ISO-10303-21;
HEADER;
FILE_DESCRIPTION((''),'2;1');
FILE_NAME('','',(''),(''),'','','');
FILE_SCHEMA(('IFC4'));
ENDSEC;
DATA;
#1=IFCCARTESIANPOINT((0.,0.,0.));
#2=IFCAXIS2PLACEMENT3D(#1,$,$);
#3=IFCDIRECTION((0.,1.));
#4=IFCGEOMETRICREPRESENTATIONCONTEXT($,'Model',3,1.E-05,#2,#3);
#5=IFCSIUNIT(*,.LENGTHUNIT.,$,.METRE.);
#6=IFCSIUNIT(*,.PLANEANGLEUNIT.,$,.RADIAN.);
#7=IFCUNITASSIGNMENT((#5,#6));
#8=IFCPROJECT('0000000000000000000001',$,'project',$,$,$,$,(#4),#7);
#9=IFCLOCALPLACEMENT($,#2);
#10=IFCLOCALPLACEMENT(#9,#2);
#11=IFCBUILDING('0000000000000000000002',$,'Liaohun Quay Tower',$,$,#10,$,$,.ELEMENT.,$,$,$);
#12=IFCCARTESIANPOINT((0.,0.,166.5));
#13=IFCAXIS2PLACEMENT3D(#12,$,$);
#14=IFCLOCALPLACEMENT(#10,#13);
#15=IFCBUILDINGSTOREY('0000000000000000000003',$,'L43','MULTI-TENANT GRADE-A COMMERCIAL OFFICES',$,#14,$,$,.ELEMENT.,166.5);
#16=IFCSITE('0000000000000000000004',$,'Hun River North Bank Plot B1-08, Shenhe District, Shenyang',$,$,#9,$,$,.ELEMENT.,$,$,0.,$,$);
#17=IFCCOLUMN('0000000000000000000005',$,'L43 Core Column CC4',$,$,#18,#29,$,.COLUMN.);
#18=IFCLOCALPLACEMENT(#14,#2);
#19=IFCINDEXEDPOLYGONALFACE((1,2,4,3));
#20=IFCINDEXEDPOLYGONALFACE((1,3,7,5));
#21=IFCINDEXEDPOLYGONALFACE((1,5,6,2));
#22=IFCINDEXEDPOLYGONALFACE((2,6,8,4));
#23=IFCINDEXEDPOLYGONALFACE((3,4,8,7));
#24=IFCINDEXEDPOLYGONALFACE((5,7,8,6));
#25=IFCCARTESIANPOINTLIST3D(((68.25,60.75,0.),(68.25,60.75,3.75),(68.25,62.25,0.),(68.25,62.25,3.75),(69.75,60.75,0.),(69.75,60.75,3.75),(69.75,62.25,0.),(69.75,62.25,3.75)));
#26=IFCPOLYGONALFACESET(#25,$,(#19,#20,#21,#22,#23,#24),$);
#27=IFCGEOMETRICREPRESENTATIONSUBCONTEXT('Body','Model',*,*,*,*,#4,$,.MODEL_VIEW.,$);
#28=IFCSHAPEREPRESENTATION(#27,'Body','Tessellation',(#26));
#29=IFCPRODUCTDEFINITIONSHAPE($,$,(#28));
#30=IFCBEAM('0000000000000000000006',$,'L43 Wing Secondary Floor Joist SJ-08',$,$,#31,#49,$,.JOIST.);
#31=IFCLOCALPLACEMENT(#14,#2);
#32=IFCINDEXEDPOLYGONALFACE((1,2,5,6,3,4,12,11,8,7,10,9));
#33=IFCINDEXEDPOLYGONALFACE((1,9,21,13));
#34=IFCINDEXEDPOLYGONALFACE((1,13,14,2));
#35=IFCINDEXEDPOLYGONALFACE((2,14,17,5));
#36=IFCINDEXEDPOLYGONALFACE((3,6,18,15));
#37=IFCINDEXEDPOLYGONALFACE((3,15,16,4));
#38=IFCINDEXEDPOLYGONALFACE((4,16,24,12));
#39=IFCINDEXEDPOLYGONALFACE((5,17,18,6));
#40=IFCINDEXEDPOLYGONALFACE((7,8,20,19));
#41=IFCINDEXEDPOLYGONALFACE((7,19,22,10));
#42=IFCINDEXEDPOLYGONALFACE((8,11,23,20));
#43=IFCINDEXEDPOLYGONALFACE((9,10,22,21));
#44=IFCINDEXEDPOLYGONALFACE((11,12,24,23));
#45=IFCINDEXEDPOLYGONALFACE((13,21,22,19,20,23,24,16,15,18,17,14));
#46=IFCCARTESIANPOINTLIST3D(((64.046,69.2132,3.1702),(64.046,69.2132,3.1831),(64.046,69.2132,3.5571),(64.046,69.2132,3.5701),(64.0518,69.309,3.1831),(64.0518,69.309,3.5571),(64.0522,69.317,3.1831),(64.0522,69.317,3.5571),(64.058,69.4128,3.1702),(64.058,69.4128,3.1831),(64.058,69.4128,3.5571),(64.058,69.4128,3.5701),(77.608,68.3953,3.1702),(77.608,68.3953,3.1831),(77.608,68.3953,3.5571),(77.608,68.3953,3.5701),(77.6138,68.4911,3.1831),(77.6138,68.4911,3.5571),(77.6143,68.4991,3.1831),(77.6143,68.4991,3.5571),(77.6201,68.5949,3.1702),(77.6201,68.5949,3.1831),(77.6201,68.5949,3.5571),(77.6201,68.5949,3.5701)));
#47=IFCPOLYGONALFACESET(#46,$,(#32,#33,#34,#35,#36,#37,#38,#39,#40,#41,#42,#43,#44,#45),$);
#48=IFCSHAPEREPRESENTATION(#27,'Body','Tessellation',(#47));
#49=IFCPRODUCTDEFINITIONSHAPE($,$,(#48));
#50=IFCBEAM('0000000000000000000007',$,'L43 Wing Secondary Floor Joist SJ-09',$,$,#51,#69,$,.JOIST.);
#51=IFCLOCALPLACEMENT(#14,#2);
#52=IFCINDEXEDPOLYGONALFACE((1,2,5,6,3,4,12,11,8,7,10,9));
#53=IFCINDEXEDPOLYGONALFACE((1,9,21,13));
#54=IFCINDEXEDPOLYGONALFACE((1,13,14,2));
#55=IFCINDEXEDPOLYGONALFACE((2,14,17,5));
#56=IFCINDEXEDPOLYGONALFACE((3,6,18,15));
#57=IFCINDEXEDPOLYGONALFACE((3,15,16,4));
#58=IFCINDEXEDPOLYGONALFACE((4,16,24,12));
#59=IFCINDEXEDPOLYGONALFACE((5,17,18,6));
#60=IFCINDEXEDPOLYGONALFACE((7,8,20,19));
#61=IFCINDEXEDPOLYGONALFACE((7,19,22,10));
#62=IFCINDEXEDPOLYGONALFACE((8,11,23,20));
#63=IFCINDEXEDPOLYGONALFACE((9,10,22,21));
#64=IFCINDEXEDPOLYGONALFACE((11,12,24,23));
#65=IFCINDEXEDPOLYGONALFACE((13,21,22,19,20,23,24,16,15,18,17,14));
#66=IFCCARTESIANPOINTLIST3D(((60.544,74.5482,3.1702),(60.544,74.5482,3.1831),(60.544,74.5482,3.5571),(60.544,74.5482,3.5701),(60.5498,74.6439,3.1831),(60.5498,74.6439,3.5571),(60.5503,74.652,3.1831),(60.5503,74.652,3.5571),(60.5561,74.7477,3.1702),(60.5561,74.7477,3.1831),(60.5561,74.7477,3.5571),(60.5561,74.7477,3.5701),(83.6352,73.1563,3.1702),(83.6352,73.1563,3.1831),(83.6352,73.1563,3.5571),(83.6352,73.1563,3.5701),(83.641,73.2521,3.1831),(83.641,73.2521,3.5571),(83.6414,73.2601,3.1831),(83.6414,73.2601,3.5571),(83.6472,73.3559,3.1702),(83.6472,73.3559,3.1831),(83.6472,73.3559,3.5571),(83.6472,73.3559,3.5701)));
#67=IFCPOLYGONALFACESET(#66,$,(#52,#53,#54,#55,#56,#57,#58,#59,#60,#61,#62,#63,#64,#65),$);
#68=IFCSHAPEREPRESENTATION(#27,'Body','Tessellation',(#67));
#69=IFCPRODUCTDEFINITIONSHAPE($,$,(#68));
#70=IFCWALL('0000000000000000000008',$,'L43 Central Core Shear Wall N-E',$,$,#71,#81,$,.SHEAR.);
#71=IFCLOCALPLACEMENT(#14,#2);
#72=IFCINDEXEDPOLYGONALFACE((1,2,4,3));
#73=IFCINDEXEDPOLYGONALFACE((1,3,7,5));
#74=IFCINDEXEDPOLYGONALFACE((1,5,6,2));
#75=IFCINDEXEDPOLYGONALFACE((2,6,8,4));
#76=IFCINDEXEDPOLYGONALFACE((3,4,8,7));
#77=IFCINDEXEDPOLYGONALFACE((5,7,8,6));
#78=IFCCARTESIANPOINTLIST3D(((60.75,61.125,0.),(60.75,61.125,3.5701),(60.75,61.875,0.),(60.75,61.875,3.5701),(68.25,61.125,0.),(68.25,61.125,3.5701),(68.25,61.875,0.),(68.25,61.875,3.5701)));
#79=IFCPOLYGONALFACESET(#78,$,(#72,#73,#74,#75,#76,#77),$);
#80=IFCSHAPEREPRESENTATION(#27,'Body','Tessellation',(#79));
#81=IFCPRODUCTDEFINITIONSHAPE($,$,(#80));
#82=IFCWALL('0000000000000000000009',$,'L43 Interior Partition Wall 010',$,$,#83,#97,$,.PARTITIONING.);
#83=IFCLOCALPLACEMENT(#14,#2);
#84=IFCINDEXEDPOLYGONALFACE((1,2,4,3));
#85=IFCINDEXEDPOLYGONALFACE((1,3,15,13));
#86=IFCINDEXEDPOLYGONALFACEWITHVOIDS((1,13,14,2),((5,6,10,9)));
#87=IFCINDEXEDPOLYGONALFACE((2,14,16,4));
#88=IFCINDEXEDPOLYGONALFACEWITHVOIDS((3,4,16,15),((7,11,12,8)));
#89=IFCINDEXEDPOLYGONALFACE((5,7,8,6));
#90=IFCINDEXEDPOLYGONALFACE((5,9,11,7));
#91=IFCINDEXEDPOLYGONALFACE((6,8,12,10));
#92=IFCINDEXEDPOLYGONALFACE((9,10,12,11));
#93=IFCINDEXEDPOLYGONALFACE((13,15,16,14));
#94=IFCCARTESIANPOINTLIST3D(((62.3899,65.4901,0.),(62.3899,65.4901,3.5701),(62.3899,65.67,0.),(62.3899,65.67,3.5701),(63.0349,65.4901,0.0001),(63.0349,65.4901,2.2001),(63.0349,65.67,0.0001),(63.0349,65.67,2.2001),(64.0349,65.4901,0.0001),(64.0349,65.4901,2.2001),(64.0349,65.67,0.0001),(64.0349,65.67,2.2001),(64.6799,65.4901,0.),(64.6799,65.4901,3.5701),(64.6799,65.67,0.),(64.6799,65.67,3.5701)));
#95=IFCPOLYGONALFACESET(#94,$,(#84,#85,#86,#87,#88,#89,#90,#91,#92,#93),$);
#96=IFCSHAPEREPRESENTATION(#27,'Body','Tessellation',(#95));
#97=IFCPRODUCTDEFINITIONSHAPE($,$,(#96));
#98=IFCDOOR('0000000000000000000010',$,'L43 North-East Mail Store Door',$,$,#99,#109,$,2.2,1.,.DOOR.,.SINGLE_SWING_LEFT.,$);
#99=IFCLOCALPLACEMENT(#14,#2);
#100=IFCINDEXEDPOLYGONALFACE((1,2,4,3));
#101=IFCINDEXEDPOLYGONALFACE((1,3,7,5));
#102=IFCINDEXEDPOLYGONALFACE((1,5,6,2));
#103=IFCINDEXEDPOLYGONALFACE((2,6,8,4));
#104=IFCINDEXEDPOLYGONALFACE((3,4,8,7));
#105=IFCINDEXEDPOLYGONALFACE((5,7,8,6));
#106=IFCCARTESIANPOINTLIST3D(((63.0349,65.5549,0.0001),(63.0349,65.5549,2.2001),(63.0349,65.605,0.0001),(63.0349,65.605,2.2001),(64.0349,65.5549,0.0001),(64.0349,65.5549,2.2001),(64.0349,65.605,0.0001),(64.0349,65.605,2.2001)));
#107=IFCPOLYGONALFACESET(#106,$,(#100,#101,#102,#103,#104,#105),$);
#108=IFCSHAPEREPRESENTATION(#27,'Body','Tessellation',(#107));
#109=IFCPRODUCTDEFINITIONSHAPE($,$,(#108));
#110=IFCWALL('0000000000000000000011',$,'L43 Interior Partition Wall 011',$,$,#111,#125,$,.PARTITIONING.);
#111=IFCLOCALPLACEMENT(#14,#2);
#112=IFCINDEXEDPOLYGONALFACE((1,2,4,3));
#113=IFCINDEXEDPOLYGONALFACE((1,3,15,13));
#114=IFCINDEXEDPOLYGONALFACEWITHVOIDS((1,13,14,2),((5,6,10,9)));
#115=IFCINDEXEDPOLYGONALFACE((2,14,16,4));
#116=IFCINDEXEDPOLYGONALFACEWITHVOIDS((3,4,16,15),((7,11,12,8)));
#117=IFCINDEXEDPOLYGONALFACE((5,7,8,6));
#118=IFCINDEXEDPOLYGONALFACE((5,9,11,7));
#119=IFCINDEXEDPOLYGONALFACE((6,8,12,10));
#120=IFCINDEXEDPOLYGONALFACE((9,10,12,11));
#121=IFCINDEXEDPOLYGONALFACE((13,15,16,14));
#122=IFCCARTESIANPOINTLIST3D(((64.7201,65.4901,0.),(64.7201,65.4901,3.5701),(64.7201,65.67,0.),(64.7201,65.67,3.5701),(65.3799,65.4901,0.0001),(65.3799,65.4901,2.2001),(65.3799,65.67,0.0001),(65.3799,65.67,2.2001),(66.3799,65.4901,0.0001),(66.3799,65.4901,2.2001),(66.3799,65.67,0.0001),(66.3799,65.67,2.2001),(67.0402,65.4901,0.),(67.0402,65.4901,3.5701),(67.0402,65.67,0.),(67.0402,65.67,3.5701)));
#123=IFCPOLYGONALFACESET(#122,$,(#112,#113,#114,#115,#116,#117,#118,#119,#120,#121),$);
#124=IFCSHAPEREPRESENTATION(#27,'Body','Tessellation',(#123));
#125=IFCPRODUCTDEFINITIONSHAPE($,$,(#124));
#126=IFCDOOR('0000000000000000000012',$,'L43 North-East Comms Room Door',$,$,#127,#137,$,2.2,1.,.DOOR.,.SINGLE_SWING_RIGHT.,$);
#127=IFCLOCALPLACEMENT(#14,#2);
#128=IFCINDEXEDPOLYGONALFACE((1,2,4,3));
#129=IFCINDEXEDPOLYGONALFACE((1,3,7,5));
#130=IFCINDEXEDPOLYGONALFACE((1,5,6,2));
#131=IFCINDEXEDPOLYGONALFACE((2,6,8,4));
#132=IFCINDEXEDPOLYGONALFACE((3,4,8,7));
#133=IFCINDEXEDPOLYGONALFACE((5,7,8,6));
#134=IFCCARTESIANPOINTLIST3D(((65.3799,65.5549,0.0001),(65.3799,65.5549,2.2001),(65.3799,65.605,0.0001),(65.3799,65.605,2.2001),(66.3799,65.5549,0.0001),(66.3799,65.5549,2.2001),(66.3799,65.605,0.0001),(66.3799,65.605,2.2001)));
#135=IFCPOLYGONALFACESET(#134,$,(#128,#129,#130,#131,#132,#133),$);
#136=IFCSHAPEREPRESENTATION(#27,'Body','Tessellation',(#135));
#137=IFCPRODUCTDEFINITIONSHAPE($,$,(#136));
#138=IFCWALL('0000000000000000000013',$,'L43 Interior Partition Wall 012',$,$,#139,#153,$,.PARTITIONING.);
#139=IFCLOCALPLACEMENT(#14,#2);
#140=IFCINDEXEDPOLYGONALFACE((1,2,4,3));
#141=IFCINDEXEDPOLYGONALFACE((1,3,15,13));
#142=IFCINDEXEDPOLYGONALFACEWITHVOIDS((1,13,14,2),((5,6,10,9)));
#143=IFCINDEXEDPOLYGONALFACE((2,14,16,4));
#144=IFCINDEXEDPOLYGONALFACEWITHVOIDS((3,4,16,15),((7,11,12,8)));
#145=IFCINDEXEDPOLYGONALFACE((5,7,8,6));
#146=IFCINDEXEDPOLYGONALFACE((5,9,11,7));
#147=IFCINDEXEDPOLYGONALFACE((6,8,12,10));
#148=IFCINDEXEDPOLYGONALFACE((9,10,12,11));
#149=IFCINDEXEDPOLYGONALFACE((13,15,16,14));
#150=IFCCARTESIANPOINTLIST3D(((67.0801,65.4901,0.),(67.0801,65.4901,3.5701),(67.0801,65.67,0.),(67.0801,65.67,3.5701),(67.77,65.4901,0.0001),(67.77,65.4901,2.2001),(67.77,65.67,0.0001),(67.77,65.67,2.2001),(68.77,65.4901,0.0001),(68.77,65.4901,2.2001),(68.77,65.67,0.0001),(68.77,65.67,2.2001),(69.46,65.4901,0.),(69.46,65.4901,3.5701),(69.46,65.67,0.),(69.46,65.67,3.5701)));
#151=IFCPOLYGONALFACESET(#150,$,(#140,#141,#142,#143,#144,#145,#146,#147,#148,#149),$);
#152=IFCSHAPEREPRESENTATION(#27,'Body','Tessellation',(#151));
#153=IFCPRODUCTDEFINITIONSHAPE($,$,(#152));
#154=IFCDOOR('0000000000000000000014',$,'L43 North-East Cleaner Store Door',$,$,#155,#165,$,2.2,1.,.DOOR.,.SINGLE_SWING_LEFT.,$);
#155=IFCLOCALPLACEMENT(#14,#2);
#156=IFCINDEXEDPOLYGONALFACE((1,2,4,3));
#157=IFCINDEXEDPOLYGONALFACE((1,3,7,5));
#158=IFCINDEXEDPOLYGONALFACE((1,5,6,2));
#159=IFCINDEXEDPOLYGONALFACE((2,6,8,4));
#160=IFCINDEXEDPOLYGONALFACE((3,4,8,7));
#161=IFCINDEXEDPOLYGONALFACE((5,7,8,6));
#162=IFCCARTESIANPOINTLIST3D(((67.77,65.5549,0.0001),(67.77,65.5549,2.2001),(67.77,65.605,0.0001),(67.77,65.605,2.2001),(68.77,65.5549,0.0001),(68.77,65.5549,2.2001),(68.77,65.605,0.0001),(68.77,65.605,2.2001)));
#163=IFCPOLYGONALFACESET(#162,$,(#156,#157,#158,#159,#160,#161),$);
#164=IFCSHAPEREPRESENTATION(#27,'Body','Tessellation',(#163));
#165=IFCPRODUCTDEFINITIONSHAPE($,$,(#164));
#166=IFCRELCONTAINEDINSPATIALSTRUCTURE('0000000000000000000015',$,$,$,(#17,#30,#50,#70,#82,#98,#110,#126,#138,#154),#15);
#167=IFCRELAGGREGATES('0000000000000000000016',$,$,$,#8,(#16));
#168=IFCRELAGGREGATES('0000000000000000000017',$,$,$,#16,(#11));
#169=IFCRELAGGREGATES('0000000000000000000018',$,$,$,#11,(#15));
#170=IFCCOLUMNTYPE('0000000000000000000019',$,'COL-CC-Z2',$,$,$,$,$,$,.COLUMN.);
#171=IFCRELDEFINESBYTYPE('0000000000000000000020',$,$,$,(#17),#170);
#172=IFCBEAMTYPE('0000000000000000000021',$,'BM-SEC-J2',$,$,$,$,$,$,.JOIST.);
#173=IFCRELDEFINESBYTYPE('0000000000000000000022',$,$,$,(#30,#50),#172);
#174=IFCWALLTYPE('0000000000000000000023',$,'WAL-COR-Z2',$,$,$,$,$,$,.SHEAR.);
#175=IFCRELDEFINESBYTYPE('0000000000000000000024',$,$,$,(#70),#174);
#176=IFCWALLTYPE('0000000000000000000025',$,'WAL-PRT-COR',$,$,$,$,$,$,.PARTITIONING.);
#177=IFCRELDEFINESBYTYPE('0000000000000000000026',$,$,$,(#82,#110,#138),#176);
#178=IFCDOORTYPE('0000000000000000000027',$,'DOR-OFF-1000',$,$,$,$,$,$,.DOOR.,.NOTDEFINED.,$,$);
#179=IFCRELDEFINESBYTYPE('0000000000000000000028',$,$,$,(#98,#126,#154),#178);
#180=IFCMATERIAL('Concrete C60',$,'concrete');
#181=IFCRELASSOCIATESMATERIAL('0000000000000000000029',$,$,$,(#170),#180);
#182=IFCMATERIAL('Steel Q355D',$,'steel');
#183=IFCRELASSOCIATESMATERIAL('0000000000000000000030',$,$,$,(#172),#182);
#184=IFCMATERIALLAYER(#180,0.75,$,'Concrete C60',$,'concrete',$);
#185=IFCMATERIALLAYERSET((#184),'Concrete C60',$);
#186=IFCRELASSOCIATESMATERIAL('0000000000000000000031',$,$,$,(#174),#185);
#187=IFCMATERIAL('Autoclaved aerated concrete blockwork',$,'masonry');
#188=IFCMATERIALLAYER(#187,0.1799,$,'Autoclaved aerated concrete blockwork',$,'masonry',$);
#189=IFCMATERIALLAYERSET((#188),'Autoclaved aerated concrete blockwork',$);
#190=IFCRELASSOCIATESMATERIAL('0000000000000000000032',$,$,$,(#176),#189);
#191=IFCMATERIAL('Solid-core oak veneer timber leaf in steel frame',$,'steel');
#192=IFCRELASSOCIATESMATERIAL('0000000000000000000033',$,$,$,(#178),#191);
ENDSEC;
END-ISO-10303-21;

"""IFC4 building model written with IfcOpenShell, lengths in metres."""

from ifc_helpers import new_model, si_unit, direction, frame, frame_2d, origin, origin_2d, place, context, subcontext, project, spatial, rectangle, i_section, extrude, source, transform, mapped, material, layer, layer_set, material_profile, profile_set, type_object, element, fill, save


model = new_model("IFC4")

# Units and contexts
model_context = context("Model", 3, precision=1e-05, world=origin(), true_north=direction((0.0, 1.0)))
body_context = subcontext(model_context, "Body", "Model", "MODEL_VIEW")
ifc_project = project(units=[si_unit("LENGTHUNIT", "METRE"), si_unit("PLANEANGLEUNIT", "RADIAN")], contexts=[model_context])

# Site, building, storey
site_placement = place(None, origin())
site = spatial("IfcSite", under=ifc_project, at=site_placement, Name="Hun River North Bank Plot B1-08, Shenhe District, Shenyang", CompositionType="ELEMENT", RefElevation=0.0)
building_placement = place(site_placement, origin())
building = spatial("IfcBuilding", under=site, at=building_placement, Name="Liaohun Quay Tower", CompositionType="ELEMENT")
storey_placement = place(building_placement, frame((0.0, 0.0, 166.5)))
storey = spatial("IfcBuildingStorey", under=building, at=storey_placement, Name="L43", Description="MULTI-TENANT GRADE-A COMMERCIAL OFFICES", CompositionType="ELEMENT", Elevation=166.5)

# Column
ifc_material_1 = material(Name="Concrete C60", Category="concrete")
ifc_material_profile_1 = material_profile(ifc_material_1, rectangle(XDim=1.5, YDim=1.5, at=origin_2d()), Name="RC1500x1500")
ifc_profile_set_1 = profile_set([ifc_material_profile_1], Name="Concrete C60")
column_type = type_object("IfcColumnType", Name="COL-CC-Z2", PredefinedType="COLUMN", material=ifc_profile_set_1)
shared_shape_1 = source(origin(), body_context, "Body", "SweptSolid", [
    extrude(rectangle(XDim=1.5, YDim=1.5, at=origin_2d()), origin(), (0.0, 0.0, 1.0), 3.75),
])
column_placement = place(storey_placement, frame((69.0, 61.5, 0.0), z_axis=(0.0, 0.0, 1.0), x_axis=(1.0, 0.0, 0.0)))
element("IfcColumn", 1, at=column_placement, inside=storey, type_object=column_type, Name="L43 Core Column CC4", PredefinedType="COLUMN", context=body_context, shape_type="MappedRepresentation", body=[
    mapped(shared_shape_1, transform((0.0, 0.0, 0.0), x_axis=(1.0, 0.0, 0.0), y_axis=(0.0, 1.0, 0.0), z_axis=(0.0, 0.0, 1.0), scale=1.0)),
])

# Beams
ifc_material_2 = material(Name="Steel Q355D", Category="steel")
ifc_material_profile_2 = material_profile(ifc_material_2, i_section(OverallWidth=0.2, OverallDepth=0.3999, WebThickness=0.0081, FlangeThickness=0.0129, at=origin_2d()), Name="HN400x200x8x13")
ifc_profile_set_2 = profile_set([ifc_material_profile_2], Name="Steel Q355D")
beam_type = type_object("IfcBeamType", Name="BM-SEC-J2", PredefinedType="JOIST", material=ifc_profile_set_2)
shared_shape_2 = source(origin(), body_context, "Body", "SweptSolid", [
    extrude(i_section(OverallWidth=0.2, OverallDepth=0.3999, WebThickness=0.0081, FlangeThickness=0.0129, at=origin_2d()), origin(), (0.0, 0.0, 1.0), 13.5867),
])
beam_1_placement = place(storey_placement, frame((64.052, 69.313, 3.3701), z_axis=(0.998187, -0.060197, 0.0), x_axis=(0.060197, 0.998187, 0.0)))
element("IfcBeam", 2, at=beam_1_placement, inside=storey, type_object=beam_type, Name="L43 Wing Secondary Floor Joist SJ-08", PredefinedType="JOIST", context=body_context, shape_type="MappedRepresentation", body=[
    mapped(shared_shape_2, transform((0.0, 0.0, 0.0), x_axis=(1.0, 0.0, 0.0), y_axis=(0.0, 1.0, 0.0), z_axis=(0.0, 0.0, 1.0), scale=1.0)),
])
shared_shape_3 = source(origin(), body_context, "Body", "SweptSolid", [
    extrude(i_section(OverallWidth=0.2, OverallDepth=0.3999, WebThickness=0.0081, FlangeThickness=0.0129, at=origin_2d()), origin(), (0.0, 0.0, 1.0), 23.1331),
])
beam_2_placement = place(storey_placement, frame((60.55, 74.6479, 3.3701), z_axis=(0.998188, -0.060167, 0.0), x_axis=(0.060167, 0.998188, 0.0)))
element("IfcBeam", 3, at=beam_2_placement, inside=storey, type_object=beam_type, Name="L43 Wing Secondary Floor Joist SJ-09", PredefinedType="JOIST", context=body_context, shape_type="MappedRepresentation", body=[
    mapped(shared_shape_3, transform((0.0, 0.0, 0.0), x_axis=(1.0, 0.0, 0.0), y_axis=(0.0, 1.0, 0.0), z_axis=(0.0, 0.0, 1.0), scale=1.0)),
])

# Wall
ifc_layer_1 = layer(ifc_material_1, 0.75, Name="Concrete C60", Category="concrete")
ifc_layer_set_1 = layer_set([ifc_layer_1], Name="Concrete C60")
wall_type_1 = type_object("IfcWallType", Name="WAL-COR-Z2", PredefinedType="SHEAR", material=ifc_layer_set_1)
wall_1_placement = place(storey_placement, frame((60.75, 61.5, 0.0), z_axis=(0.0, 0.0, 1.0), x_axis=(1.0, 0.0, 0.0)))
element("IfcWall", 4, at=wall_1_placement, inside=storey, type_object=wall_type_1, Name="L43 Central Core Shear Wall N-E", PredefinedType="SHEAR", context=body_context, shape_type="SweptSolid", body=[
    extrude(rectangle(XDim=7.5, YDim=0.75, at=frame_2d((3.75, 0.0))), origin(), (0.0, 0.0, 1.0), 3.5701),
])

# Walls, openings, doors
ifc_material_3 = material(Name="Autoclaved aerated concrete blockwork", Category="masonry")
ifc_layer_2 = layer(ifc_material_3, 0.1799, Name="Autoclaved aerated concrete blockwork", Category="masonry")
ifc_layer_set_2 = layer_set([ifc_layer_2], Name="Autoclaved aerated concrete blockwork")
wall_type_2 = type_object("IfcWallType", Name="WAL-PRT-COR", PredefinedType="PARTITIONING", material=ifc_layer_set_2)
wall_2_placement = place(storey_placement, frame((62.3899, 65.5801, 0.0), z_axis=(0.0, 0.0, 1.0), x_axis=(1.0, 0.0, 0.0)))
wall_2 = element("IfcWall", 5, at=wall_2_placement, inside=storey, type_object=wall_type_2, Name="L43 Interior Partition Wall 010", PredefinedType="PARTITIONING", context=body_context, shape_type="SweptSolid", body=[
    extrude(rectangle(XDim=2.29, YDim=0.1799, at=frame_2d((1.145, 0.0))), origin(), (0.0, 0.0, 1.0), 3.5701),
])
shared_shape_4 = source(origin(), body_context, "Body", "SweptSolid", [
    extrude(rectangle(XDim=1.0, YDim=2.2, at=frame_2d((0.5, 1.1001))), frame((0.0, 0.0999, 0.0), z_axis=(0.0, -1.0, 0.0), x_axis=(1.0, 0.0, 0.0)), (0.0, 0.0, 1.0), 0.2),
])
opening_1_placement = place(wall_2_placement, frame((0.645, 0.0, 0.0)))
opening_1 = element("IfcOpeningElement", 6, at=opening_1_placement, cuts=wall_2, PredefinedType="OPENING", context=body_context, shape_type="MappedRepresentation", body=[
    mapped(shared_shape_4, transform((0.0, 0.0, 0.0), x_axis=(1.0, 0.0, 0.0), y_axis=(0.0, 1.0, 0.0), z_axis=(0.0, 0.0, 1.0), scale=1.0)),
])
ifc_material_4 = material(Name="Solid-core oak veneer timber leaf in steel frame", Category="steel")
door_type_1 = type_object("IfcDoorType", Name="DOR-OFF-1000", OperationType="NOTDEFINED", PredefinedType="DOOR", material=ifc_material_4)
shared_shape_5 = source(origin(), body_context, "Body", "SweptSolid", [
    extrude(rectangle(XDim=1.0, YDim=2.2, at=frame_2d((0.5, 1.1001))), frame((0.0, 0.0249, 0.0), z_axis=(0.0, -1.0, 0.0), x_axis=(1.0, 0.0, 0.0)), (0.0, 0.0, 1.0), 0.05),
])
door_1_placement = place(opening_1_placement, origin())
door_1 = element("IfcDoor", 7, at=door_1_placement, inside=storey, type_object=door_type_1, Name="L43 North-East Mail Store Door", OperationType="SINGLE_SWING_LEFT", OverallHeight=2.2, OverallWidth=1.0, PredefinedType="DOOR", context=body_context, shape_type="MappedRepresentation", body=[
    mapped(shared_shape_5, transform((0.0, 0.0, 0.0), x_axis=(1.0, 0.0, 0.0), y_axis=(0.0, 1.0, 0.0), z_axis=(0.0, 0.0, 1.0), scale=1.0)),
])
fill(opening_1, door_1)
wall_3_placement = place(storey_placement, frame((64.72, 65.5801, 0.0), z_axis=(0.0, 0.0, 1.0), x_axis=(1.0, 0.0, 0.0)))
wall_3 = element("IfcWall", 8, at=wall_3_placement, inside=storey, type_object=wall_type_2, Name="L43 Interior Partition Wall 011", PredefinedType="PARTITIONING", context=body_context, shape_type="SweptSolid", body=[
    extrude(rectangle(XDim=2.3201, YDim=0.1799, at=frame_2d((1.1602, 0.0))), origin(), (0.0, 0.0, 1.0), 3.5701),
])
opening_2_placement = place(wall_3_placement, frame((0.6599, 0.0, 0.0)))
opening_2 = element("IfcOpeningElement", 9, at=opening_2_placement, cuts=wall_3, PredefinedType="OPENING", context=body_context, shape_type="MappedRepresentation", body=[
    mapped(shared_shape_4, transform((0.0, 0.0, 0.0), x_axis=(1.0, 0.0, 0.0), y_axis=(0.0, 1.0, 0.0), z_axis=(0.0, 0.0, 1.0), scale=1.0)),
])
door_2_placement = place(opening_2_placement, origin())
door_2 = element("IfcDoor", 10, at=door_2_placement, inside=storey, type_object=door_type_1, Name="L43 North-East Comms Room Door", OperationType="SINGLE_SWING_RIGHT", OverallHeight=2.2, OverallWidth=1.0, PredefinedType="DOOR", context=body_context, shape_type="MappedRepresentation", body=[
    mapped(shared_shape_5, transform((0.0, 0.0, 0.0), x_axis=(1.0, 0.0, 0.0), y_axis=(0.0, 1.0, 0.0), z_axis=(0.0, 0.0, 1.0), scale=1.0)),
])
fill(opening_2, door_2)
wall_4_placement = place(storey_placement, frame((67.0801, 65.5801, 0.0), z_axis=(0.0, 0.0, 1.0), x_axis=(1.0, 0.0, 0.0)))
wall_4 = element("IfcWall", 11, at=wall_4_placement, inside=storey, type_object=wall_type_2, Name="L43 Interior Partition Wall 012", PredefinedType="PARTITIONING", context=body_context, shape_type="SweptSolid", body=[
    extrude(rectangle(XDim=2.3799, YDim=0.1799, at=frame_2d((1.1899, 0.0))), origin(), (0.0, 0.0, 1.0), 3.5701),
])
opening_3_placement = place(wall_4_placement, frame((0.6899, 0.0, 0.0)))
opening_3 = element("IfcOpeningElement", 12, at=opening_3_placement, cuts=wall_4, PredefinedType="OPENING", context=body_context, shape_type="MappedRepresentation", body=[
    mapped(shared_shape_4, transform((0.0, 0.0, 0.0), x_axis=(1.0, 0.0, 0.0), y_axis=(0.0, 1.0, 0.0), z_axis=(0.0, 0.0, 1.0), scale=1.0)),
])
door_3_placement = place(opening_3_placement, origin())
door_3 = element("IfcDoor", 13, at=door_3_placement, inside=storey, type_object=door_type_1, Name="L43 North-East Cleaner Store Door", OperationType="SINGLE_SWING_LEFT", OverallHeight=2.2, OverallWidth=1.0, PredefinedType="DOOR", context=body_context, shape_type="MappedRepresentation", body=[
    mapped(shared_shape_5, transform((0.0, 0.0, 0.0), x_axis=(1.0, 0.0, 0.0), y_axis=(0.0, 1.0, 0.0), z_axis=(0.0, 0.0, 1.0), scale=1.0)),
])
fill(opening_3, door_3)

save(model, "model.ifc")
